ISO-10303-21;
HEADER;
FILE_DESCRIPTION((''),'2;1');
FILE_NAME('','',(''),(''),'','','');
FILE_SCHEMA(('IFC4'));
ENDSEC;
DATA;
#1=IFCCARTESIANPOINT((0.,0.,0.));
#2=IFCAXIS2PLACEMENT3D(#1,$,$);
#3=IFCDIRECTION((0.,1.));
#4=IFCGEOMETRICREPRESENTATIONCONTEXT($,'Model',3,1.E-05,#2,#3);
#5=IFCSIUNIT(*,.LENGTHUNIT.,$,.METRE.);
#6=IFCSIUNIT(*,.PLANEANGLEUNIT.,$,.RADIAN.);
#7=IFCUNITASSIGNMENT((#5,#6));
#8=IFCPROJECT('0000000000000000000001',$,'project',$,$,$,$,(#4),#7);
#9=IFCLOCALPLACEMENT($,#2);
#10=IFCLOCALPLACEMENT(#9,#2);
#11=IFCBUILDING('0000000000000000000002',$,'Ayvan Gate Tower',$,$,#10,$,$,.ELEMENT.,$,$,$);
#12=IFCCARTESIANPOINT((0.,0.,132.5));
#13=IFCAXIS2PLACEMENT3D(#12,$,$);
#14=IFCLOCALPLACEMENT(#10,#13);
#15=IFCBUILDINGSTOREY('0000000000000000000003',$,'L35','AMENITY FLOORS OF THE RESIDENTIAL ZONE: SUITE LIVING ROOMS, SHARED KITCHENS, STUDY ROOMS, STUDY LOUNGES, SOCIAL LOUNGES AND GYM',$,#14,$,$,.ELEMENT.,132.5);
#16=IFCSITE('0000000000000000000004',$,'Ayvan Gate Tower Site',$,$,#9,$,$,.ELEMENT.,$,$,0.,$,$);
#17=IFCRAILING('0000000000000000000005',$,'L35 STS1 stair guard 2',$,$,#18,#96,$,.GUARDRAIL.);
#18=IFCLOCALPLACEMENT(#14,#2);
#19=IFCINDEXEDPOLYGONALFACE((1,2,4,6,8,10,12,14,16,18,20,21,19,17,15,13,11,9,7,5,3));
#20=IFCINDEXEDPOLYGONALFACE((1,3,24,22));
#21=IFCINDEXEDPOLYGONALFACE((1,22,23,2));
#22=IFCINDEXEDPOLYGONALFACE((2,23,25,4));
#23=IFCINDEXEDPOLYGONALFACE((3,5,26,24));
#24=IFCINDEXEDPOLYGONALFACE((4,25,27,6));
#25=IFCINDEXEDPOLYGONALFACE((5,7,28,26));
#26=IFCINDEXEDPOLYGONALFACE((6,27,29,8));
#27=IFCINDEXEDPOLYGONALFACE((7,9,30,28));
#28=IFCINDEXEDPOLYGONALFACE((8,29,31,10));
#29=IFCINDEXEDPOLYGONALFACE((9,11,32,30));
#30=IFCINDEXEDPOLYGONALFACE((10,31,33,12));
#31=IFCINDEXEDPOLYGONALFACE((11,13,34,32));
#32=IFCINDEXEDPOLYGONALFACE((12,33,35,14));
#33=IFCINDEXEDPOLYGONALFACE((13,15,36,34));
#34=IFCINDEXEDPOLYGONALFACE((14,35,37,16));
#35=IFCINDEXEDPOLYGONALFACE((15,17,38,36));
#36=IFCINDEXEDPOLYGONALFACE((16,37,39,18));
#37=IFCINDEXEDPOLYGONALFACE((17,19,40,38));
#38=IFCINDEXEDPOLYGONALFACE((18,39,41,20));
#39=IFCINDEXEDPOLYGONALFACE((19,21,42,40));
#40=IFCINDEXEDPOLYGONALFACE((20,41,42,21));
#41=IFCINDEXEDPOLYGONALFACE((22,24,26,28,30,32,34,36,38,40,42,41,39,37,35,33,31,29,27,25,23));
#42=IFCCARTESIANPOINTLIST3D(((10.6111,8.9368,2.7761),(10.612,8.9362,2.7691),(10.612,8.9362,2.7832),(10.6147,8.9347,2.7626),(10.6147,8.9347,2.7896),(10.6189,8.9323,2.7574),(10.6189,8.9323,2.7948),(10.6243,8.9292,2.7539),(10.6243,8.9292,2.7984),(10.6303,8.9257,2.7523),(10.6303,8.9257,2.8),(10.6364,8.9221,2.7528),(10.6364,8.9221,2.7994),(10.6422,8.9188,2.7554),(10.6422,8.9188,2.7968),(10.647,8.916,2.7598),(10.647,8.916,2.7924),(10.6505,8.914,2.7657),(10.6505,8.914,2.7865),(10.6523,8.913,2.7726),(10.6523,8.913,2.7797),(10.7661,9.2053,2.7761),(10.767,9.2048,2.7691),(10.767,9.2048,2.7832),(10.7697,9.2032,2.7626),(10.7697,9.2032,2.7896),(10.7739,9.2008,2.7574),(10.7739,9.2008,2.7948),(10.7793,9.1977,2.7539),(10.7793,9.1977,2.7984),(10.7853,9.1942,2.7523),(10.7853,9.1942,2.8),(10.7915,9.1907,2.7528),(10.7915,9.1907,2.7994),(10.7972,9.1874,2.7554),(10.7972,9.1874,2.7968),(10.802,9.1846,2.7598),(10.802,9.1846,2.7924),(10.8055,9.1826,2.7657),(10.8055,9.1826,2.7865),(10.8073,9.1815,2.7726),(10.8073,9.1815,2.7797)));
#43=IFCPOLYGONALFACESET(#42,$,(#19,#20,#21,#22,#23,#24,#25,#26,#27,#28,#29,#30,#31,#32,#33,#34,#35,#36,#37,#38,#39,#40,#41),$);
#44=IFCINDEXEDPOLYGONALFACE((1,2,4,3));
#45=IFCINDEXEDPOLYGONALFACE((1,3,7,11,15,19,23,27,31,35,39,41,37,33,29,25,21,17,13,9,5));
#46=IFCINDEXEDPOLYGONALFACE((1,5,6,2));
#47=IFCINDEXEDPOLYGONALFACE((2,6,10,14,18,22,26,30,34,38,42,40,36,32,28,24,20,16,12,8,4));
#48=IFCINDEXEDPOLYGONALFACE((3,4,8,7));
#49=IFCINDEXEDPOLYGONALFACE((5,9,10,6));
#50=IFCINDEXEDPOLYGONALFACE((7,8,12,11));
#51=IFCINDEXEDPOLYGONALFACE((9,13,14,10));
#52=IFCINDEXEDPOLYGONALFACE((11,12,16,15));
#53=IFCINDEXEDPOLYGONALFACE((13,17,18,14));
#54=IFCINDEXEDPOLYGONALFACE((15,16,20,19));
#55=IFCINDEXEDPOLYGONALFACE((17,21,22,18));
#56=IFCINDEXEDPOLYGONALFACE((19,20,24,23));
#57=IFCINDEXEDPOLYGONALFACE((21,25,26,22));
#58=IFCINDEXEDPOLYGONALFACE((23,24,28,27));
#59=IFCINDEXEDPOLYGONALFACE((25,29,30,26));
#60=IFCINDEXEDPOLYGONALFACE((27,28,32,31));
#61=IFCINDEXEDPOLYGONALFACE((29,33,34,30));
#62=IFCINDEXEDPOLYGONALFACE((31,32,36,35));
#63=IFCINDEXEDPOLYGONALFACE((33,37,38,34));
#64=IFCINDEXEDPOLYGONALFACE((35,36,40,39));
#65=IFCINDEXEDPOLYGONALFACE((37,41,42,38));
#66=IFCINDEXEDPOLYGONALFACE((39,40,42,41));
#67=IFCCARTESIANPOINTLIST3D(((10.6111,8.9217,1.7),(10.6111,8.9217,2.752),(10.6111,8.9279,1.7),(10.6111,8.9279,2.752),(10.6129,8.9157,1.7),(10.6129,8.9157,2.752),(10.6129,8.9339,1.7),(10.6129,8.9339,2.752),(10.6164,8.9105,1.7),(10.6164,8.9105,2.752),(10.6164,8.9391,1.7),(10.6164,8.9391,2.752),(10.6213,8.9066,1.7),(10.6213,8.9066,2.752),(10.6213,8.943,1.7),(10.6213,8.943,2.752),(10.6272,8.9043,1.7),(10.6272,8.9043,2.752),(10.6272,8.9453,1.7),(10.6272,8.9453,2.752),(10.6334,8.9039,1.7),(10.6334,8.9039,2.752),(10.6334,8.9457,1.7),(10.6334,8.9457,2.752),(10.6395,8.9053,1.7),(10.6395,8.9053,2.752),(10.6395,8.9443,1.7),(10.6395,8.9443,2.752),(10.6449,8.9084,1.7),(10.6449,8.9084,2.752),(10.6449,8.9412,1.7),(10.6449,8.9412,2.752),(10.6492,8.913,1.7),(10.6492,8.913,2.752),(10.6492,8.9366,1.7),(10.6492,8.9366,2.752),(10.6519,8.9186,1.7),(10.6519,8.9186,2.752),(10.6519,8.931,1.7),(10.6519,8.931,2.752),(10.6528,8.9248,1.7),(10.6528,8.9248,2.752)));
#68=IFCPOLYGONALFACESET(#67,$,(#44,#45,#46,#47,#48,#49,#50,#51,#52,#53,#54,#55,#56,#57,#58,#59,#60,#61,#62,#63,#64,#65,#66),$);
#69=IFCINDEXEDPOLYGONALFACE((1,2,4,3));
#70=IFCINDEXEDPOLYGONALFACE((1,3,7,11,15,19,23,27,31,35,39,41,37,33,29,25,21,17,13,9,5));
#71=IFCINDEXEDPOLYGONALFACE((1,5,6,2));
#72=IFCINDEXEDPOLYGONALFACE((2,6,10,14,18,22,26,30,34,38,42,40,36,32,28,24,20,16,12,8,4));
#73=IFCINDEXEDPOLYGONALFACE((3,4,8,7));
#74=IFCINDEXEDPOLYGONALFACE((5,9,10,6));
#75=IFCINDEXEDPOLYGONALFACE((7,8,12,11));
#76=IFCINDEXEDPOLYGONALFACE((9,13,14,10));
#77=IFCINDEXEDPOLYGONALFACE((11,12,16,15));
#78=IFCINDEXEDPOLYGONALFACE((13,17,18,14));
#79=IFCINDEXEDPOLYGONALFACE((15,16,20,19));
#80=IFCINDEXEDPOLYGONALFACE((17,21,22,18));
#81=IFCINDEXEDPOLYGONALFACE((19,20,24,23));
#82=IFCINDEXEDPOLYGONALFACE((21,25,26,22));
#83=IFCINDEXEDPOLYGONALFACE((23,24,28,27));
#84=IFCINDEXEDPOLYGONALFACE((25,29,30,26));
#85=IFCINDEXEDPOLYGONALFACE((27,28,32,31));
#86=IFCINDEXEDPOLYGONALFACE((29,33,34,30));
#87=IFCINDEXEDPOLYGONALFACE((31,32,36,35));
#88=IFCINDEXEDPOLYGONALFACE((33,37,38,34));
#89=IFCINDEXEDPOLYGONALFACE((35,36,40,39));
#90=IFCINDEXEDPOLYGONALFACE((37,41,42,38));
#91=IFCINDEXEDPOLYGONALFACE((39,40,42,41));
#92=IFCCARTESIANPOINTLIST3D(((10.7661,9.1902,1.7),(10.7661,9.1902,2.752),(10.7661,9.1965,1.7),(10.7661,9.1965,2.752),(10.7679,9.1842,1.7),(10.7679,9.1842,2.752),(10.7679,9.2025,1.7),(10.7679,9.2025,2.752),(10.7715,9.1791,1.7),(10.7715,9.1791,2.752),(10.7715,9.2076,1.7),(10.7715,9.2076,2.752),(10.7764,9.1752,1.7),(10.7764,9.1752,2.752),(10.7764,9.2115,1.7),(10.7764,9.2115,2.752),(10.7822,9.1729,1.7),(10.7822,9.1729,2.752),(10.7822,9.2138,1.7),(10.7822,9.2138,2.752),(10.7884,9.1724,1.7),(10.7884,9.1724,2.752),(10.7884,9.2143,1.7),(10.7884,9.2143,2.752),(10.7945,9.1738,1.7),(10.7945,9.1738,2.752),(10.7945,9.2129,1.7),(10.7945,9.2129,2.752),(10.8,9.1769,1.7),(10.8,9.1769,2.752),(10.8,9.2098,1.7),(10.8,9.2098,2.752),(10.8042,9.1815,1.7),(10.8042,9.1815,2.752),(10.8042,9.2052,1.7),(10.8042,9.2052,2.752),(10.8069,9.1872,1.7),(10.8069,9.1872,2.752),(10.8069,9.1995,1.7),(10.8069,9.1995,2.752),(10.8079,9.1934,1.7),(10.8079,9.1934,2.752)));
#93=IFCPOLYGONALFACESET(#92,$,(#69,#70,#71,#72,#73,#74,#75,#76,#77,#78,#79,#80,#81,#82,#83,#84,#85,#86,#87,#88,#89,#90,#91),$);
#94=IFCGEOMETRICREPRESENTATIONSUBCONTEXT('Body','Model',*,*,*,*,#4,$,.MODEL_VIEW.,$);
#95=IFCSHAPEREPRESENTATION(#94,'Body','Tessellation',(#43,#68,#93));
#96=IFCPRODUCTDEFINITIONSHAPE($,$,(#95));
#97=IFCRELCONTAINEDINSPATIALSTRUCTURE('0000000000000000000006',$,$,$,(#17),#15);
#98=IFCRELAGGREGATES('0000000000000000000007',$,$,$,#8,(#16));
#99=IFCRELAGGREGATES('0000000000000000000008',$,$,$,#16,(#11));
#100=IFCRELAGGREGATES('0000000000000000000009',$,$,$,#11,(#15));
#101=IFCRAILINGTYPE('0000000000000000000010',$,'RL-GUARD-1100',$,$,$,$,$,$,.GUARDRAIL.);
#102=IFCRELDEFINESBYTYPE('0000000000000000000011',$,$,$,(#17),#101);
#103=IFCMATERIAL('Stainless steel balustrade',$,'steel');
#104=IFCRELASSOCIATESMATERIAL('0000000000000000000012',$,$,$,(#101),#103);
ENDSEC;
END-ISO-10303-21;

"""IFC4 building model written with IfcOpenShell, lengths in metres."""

from ifc_helpers import new_model, si_unit, direction, frame, origin, origin_2d, place, context, subcontext, project, spatial, circle, extrude, material, type_object, element, save


model = new_model("IFC4")

# Units and contexts
model_context = context("Model", 3, precision=1e-05, world=origin(), true_north=direction((0.0, 1.0)))
body_context = subcontext(model_context, "Body", "Model", "MODEL_VIEW")
ifc_project = project(units=[si_unit("LENGTHUNIT", "METRE"), si_unit("PLANEANGLEUNIT", "RADIAN")], contexts=[model_context])

# Site, building, storey
site_placement = place(None, origin())
site = spatial("IfcSite", under=ifc_project, at=site_placement, Name="Ayvan Gate Tower Site", CompositionType="ELEMENT", RefElevation=0.0)
building_placement = place(site_placement, origin())
building = spatial("IfcBuilding", under=site, at=building_placement, Name="Ayvan Gate Tower", CompositionType="ELEMENT")
storey_placement = place(building_placement, frame((0.0, 0.0, 132.5)))
storey = spatial("IfcBuildingStorey", under=building, at=storey_placement, Name="L35", Description="AMENITY FLOORS OF THE RESIDENTIAL ZONE: SUITE LIVING ROOMS, SHARED KITCHENS, STUDY ROOMS, STUDY LOUNGES, SOCIAL LOUNGES AND GYM", CompositionType="ELEMENT", Elevation=132.5)

# Railing
ifc_material_1 = material(Name="Stainless steel balustrade", Category="steel")
railing_type_1 = type_object("IfcRailingType", Name="RL-GUARD-1100", PredefinedType="GUARDRAIL", material=ifc_material_1)
railing_1_placement = place(storey_placement, frame((10.6318, 8.9248, 1.7)))
element("IfcRailing", 1, at=railing_1_placement, inside=storey, type_object=railing_type_1, Name="L35 STS1 stair guard 2", PredefinedType="GUARDRAIL", context=body_context, shape_type="SweptSolid", body=[
    extrude(circle(Radius=0.0239, at=origin_2d()), frame((0.0, 0.0, 1.0762), z_axis=(0.49995, 0.866054, 0.0), x_axis=(-0.866054, 0.49995, 0.0)), (0.0, 0.0, 1.0), 0.3101),
    extrude(circle(Radius=0.021, at=origin_2d()), origin(), (0.0, 0.0, 1.0), 1.052),
    extrude(circle(Radius=0.021, at=origin_2d()), frame((0.155, 0.2686, 0.0)), (0.0, 0.0, 1.0), 1.052),
])

save(model, "model.ifc")
